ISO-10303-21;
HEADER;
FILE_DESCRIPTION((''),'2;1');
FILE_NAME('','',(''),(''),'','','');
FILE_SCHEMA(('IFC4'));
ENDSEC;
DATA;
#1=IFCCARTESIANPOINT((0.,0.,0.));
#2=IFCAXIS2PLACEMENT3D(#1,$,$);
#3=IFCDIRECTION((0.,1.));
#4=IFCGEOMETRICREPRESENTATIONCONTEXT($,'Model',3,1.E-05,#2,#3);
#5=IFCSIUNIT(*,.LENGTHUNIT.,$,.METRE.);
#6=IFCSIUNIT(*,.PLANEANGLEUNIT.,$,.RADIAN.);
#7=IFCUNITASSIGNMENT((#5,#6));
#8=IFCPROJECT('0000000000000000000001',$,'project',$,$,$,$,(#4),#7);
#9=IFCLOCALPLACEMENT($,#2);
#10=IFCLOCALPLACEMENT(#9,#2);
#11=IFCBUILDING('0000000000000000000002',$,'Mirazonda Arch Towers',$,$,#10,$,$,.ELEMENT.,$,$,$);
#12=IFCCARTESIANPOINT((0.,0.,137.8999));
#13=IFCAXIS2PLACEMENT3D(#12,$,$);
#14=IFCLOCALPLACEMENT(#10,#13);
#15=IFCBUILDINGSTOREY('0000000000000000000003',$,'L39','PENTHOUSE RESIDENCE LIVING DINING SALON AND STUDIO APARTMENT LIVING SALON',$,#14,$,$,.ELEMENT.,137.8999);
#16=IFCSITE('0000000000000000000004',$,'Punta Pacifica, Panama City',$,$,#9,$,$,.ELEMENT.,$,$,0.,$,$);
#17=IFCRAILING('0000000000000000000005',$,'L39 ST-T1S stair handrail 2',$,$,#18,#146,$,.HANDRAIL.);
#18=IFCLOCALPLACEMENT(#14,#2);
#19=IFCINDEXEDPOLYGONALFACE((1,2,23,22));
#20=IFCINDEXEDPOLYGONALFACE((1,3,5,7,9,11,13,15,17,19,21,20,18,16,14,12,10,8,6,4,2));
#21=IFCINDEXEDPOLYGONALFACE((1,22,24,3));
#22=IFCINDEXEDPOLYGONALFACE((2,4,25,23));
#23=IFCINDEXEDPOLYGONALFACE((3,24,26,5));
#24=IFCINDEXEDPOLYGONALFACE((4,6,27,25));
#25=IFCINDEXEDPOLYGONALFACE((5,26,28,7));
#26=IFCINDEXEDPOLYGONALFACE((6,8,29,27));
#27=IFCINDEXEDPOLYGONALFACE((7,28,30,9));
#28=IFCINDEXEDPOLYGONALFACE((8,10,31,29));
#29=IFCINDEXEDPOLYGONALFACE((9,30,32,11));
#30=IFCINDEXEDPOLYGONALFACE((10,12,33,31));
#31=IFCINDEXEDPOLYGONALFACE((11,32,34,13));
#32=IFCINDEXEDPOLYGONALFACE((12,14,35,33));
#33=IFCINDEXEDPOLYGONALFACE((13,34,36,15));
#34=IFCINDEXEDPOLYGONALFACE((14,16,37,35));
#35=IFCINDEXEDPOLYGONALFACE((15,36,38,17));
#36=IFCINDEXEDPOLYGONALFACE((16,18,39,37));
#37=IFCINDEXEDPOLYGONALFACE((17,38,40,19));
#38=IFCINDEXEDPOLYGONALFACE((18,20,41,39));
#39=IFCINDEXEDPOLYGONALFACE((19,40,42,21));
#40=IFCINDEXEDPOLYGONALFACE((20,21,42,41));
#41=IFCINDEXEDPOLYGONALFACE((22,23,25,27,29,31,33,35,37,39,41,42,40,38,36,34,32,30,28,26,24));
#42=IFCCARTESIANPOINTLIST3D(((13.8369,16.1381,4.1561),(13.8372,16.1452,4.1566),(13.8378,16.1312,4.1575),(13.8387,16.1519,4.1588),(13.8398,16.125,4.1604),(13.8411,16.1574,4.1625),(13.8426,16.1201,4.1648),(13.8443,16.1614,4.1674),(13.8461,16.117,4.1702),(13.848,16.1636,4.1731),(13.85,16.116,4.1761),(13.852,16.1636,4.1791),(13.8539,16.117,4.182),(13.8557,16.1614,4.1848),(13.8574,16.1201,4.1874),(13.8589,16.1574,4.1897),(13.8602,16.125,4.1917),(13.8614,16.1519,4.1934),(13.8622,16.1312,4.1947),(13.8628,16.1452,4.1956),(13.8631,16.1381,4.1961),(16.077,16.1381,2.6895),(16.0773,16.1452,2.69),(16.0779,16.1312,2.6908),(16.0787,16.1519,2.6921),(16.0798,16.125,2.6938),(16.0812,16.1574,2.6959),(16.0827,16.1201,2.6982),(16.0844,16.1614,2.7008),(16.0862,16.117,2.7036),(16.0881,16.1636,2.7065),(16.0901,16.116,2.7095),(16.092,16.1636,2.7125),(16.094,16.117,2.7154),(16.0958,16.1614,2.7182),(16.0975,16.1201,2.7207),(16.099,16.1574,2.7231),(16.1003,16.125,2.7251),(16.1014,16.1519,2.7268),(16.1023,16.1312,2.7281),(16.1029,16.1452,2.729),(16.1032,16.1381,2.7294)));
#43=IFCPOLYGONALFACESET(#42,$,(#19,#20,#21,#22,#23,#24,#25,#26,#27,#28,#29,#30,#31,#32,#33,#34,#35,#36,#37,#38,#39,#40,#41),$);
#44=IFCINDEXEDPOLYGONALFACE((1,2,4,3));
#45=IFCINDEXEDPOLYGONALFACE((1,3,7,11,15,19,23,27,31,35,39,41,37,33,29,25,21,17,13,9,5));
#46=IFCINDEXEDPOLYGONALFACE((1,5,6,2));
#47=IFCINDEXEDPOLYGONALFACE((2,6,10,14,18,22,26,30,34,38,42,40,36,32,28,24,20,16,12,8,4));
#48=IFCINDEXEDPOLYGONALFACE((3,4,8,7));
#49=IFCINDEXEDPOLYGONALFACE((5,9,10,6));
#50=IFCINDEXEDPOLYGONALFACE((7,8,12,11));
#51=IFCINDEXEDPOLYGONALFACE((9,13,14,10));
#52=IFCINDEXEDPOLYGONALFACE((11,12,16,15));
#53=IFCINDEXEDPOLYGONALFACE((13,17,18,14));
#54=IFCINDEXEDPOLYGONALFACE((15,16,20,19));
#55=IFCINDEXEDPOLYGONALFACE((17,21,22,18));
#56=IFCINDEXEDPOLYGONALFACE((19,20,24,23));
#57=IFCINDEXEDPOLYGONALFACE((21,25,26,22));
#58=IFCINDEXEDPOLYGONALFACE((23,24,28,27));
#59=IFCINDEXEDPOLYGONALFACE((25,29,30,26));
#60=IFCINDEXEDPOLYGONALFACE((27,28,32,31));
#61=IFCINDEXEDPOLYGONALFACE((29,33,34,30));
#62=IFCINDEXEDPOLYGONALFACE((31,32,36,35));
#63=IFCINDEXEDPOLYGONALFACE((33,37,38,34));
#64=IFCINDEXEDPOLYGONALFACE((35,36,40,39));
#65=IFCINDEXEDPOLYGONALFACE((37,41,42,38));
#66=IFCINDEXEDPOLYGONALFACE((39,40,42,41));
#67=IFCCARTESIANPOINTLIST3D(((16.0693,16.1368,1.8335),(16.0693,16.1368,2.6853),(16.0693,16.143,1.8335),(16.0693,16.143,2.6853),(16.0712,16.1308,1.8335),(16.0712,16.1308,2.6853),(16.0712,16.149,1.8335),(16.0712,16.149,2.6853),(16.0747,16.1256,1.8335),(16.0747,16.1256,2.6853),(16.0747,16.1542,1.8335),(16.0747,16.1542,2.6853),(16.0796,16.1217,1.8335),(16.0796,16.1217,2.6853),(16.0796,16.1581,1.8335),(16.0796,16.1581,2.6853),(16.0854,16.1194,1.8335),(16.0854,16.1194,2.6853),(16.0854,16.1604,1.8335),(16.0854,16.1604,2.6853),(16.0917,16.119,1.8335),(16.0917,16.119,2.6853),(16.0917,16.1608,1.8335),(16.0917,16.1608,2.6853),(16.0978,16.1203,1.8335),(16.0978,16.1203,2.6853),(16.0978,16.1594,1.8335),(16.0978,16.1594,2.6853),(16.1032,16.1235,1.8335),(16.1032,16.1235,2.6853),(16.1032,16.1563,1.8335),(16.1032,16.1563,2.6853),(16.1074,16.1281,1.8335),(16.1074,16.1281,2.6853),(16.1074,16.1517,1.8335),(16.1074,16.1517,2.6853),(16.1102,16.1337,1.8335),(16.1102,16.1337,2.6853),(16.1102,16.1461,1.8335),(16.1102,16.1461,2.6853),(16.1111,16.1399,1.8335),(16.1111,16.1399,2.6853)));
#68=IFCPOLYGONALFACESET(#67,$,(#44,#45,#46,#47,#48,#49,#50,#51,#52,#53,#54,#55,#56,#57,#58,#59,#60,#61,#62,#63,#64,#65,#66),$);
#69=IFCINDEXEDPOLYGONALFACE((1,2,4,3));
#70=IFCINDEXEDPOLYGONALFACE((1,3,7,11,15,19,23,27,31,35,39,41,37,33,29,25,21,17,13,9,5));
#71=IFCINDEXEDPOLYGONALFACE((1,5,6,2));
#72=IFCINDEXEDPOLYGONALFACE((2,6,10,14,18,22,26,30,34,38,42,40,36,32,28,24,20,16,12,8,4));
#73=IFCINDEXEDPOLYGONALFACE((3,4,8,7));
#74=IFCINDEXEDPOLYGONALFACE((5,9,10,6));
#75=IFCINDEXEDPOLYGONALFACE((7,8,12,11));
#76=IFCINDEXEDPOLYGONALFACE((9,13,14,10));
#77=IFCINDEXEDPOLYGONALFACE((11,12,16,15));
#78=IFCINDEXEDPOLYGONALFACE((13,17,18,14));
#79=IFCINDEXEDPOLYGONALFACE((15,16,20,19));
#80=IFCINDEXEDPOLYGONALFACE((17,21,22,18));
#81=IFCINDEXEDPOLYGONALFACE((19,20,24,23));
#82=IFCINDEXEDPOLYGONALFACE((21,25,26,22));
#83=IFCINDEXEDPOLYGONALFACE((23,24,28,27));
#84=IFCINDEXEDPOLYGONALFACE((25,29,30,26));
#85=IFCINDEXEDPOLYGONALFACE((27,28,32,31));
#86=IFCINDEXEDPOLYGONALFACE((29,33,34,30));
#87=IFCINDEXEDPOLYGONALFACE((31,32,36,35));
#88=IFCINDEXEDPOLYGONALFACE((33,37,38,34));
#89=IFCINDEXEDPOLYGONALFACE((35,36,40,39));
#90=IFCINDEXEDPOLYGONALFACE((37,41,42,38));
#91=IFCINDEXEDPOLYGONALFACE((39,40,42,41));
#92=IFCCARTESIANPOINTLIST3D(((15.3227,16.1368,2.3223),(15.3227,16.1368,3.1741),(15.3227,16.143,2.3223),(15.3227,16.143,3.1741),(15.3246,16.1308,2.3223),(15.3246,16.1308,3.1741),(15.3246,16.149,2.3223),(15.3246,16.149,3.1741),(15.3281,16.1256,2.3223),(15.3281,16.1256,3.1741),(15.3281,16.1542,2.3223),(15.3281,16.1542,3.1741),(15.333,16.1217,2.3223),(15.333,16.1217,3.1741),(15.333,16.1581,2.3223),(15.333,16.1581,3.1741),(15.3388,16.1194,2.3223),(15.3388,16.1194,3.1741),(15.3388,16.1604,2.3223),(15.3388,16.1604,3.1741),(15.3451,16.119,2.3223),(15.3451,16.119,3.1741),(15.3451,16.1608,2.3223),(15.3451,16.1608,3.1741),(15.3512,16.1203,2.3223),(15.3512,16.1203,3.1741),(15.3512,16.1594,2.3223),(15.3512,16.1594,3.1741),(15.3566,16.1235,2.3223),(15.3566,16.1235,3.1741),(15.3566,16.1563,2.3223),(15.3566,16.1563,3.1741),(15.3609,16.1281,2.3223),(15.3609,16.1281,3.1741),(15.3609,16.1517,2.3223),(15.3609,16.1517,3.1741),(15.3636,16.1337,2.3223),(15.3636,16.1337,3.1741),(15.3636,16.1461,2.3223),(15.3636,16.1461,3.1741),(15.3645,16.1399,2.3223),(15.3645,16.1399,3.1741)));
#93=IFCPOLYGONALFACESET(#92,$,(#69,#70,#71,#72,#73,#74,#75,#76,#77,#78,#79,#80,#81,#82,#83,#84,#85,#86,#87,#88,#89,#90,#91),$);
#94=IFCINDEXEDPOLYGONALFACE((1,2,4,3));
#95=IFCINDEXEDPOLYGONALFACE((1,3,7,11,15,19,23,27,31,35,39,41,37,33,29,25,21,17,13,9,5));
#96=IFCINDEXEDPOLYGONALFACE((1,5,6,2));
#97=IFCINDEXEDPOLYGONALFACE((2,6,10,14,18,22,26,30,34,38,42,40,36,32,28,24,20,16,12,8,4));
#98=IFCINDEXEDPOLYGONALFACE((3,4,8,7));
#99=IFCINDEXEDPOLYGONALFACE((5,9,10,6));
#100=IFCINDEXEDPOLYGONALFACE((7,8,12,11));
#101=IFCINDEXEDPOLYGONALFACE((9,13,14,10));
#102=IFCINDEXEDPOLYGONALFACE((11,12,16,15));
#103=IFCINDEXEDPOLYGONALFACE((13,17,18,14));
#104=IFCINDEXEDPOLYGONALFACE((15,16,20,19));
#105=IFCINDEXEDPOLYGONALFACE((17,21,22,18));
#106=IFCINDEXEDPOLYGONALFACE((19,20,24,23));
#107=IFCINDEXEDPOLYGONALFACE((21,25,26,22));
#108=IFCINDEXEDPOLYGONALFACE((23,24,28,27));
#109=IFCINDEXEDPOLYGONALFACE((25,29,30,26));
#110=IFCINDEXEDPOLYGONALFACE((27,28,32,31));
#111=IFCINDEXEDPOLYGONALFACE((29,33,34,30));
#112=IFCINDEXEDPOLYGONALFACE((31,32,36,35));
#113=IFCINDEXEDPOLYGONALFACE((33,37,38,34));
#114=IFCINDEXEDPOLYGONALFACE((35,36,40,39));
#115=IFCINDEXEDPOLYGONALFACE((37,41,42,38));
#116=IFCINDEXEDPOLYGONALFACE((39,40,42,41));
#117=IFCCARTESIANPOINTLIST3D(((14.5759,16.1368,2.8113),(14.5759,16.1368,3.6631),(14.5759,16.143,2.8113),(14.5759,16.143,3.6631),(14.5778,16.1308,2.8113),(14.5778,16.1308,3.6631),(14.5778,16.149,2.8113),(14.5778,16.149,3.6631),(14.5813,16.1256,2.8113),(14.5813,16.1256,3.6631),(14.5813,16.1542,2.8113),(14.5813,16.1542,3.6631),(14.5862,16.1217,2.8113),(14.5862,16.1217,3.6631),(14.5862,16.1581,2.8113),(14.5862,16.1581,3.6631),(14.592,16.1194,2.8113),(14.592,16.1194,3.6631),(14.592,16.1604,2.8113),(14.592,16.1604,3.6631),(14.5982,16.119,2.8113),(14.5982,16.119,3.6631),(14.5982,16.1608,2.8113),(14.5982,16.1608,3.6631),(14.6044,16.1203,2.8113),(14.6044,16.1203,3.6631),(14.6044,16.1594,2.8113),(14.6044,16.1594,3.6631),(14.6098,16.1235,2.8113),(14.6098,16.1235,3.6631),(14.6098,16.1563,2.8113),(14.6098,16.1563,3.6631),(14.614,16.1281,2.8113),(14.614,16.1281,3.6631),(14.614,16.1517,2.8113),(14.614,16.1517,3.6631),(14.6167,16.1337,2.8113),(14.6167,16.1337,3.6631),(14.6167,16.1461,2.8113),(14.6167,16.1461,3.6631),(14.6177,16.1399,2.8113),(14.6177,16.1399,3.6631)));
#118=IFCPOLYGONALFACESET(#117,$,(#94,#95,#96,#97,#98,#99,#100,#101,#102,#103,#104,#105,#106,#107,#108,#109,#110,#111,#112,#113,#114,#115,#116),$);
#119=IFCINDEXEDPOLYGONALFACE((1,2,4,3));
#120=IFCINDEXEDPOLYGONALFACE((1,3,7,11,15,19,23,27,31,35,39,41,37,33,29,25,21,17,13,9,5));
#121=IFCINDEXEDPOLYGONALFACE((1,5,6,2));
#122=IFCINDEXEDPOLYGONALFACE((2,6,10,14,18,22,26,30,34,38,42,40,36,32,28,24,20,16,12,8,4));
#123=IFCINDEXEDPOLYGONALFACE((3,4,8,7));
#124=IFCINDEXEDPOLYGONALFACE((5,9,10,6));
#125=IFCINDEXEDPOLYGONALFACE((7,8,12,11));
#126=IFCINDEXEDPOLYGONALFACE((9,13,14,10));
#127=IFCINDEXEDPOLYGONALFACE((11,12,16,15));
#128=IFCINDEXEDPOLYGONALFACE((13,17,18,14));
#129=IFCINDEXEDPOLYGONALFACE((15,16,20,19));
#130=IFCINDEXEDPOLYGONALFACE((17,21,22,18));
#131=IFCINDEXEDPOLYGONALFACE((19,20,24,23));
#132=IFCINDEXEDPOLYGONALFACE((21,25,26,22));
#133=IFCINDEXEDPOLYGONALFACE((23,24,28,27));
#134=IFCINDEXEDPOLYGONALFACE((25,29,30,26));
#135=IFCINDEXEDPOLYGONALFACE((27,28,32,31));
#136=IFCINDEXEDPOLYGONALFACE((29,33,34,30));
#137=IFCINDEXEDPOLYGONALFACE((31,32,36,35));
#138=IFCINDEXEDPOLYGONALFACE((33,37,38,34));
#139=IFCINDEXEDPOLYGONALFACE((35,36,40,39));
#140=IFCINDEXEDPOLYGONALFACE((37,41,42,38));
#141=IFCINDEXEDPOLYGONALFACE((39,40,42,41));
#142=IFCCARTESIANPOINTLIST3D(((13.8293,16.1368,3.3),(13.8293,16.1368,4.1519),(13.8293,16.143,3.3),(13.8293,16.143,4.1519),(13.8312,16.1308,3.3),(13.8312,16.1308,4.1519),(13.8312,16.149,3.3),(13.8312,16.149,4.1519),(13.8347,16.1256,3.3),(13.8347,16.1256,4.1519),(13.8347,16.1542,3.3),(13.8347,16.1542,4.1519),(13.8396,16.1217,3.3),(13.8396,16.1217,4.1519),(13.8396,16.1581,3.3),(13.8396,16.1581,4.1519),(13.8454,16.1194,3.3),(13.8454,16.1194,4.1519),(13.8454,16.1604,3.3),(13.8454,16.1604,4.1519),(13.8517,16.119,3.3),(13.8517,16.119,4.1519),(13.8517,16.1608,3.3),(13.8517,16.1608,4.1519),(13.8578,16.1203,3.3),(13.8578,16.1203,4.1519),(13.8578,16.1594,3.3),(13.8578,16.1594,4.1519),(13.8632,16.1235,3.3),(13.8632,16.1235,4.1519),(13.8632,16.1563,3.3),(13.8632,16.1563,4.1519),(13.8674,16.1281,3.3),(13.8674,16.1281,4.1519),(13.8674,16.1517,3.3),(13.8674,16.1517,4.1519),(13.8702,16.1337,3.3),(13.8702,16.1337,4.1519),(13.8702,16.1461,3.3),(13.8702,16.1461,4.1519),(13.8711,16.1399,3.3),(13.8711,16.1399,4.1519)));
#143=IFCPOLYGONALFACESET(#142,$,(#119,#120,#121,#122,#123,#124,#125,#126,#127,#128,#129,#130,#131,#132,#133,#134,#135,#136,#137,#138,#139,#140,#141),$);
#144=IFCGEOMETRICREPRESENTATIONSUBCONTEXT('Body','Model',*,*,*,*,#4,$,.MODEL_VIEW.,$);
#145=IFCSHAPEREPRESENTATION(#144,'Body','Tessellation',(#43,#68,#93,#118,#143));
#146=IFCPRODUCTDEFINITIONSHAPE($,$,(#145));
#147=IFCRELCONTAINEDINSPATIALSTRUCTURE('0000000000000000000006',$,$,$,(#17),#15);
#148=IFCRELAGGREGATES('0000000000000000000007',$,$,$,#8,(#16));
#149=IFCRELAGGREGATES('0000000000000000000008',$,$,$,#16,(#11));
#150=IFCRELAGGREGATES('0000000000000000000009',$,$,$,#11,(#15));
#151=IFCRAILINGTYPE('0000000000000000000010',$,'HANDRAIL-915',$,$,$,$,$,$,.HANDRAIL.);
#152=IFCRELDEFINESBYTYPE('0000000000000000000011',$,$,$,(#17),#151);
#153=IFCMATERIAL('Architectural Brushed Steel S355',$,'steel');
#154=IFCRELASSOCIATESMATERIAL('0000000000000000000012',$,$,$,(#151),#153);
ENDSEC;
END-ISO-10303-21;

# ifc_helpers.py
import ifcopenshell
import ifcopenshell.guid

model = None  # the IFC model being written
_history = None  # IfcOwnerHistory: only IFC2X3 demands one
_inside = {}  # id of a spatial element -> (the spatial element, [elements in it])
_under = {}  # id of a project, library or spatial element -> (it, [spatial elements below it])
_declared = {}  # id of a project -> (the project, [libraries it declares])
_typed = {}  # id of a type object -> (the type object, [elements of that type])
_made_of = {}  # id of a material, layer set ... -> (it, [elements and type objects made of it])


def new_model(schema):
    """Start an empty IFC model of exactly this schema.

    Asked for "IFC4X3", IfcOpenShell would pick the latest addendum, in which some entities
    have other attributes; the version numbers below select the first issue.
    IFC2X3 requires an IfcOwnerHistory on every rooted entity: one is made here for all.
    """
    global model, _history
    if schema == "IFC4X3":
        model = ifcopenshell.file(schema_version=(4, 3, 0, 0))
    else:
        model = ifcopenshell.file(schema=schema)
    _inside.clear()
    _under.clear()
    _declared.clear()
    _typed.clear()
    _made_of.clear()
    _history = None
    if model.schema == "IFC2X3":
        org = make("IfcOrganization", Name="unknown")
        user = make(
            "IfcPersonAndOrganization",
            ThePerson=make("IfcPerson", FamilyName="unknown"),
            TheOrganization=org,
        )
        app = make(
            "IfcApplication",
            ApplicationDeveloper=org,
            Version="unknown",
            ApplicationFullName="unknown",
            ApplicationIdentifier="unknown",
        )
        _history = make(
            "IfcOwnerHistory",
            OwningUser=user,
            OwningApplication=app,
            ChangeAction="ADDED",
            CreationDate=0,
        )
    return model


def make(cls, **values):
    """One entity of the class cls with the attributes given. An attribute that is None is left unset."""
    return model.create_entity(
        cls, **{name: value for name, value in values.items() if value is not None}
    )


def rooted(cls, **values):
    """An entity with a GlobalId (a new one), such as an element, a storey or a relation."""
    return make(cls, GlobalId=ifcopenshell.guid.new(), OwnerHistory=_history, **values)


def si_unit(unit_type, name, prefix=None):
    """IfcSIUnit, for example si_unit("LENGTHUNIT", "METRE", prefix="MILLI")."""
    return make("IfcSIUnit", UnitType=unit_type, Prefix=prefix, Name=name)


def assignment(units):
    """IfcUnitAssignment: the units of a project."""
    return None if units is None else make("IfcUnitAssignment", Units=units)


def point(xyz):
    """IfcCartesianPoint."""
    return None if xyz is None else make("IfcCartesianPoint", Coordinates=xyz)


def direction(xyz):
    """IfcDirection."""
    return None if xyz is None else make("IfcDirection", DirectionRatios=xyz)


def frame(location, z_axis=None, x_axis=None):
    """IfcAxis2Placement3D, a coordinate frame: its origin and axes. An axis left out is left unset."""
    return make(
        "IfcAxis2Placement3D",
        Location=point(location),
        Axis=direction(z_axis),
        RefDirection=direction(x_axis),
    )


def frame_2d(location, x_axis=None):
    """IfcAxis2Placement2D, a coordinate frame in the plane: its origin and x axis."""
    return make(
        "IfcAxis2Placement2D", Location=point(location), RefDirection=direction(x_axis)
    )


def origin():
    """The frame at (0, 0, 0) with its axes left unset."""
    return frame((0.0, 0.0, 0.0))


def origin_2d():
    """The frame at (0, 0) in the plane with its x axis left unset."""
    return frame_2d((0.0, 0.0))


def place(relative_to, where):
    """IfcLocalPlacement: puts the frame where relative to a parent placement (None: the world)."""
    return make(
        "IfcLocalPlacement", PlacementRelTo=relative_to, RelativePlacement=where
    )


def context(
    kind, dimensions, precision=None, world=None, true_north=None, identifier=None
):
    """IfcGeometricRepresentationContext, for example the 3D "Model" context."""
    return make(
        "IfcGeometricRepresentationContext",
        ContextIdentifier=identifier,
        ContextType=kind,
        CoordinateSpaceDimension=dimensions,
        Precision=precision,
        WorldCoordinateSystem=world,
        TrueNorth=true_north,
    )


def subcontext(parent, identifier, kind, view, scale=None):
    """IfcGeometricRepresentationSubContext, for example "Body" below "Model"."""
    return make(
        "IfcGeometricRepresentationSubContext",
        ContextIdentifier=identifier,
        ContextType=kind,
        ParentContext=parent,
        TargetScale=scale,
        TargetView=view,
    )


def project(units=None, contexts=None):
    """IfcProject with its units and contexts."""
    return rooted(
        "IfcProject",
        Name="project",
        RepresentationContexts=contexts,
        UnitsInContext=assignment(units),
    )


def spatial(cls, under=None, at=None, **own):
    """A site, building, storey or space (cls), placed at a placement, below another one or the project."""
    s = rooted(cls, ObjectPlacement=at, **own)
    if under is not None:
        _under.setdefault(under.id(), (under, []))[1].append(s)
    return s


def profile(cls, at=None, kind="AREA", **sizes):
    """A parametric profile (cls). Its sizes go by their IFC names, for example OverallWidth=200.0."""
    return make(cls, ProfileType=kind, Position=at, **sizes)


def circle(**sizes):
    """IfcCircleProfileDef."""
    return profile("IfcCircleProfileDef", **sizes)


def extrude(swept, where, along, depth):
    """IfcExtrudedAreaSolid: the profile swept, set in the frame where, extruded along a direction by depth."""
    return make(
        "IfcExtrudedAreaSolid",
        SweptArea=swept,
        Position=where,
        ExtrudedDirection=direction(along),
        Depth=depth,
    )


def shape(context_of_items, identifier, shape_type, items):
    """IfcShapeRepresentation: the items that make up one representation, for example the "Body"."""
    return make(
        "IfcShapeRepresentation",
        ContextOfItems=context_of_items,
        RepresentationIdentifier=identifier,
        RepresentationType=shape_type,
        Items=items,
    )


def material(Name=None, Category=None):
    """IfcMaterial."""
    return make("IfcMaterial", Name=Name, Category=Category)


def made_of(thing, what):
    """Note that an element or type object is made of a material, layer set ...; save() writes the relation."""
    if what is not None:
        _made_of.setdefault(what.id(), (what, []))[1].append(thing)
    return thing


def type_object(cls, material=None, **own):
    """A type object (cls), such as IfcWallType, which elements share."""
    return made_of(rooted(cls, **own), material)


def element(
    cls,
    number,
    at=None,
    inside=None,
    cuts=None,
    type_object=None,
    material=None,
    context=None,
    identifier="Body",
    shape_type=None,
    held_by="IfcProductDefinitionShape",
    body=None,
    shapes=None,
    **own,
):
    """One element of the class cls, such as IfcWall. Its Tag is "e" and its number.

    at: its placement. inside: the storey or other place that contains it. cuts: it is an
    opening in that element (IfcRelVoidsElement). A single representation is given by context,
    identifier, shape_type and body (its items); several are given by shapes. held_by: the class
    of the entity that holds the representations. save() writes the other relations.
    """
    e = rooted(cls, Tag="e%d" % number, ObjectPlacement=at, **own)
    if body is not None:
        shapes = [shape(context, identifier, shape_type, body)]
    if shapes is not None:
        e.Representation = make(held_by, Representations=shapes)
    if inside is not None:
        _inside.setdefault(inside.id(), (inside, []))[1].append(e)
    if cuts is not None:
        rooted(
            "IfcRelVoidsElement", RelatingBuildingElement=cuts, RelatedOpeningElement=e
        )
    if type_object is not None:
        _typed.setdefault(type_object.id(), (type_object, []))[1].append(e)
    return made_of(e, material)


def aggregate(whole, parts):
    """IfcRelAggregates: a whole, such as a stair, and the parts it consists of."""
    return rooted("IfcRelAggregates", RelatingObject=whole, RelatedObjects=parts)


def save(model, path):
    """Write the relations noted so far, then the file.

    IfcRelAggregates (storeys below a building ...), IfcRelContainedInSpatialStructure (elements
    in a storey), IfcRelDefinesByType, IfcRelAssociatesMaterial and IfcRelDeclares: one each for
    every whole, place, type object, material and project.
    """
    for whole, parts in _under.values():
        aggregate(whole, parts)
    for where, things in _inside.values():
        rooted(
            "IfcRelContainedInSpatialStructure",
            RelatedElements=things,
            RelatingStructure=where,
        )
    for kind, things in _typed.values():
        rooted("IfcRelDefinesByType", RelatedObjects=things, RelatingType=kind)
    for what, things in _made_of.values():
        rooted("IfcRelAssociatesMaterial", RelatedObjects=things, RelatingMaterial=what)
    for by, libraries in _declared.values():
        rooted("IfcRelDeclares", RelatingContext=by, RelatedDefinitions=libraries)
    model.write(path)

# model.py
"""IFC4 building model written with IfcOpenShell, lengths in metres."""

from ifc_helpers import new_model, si_unit, direction, frame, origin, origin_2d, place, context, subcontext, project, spatial, circle, extrude, material, type_object, element, save


model = new_model("IFC4")

# Units and contexts
model_context = context("Model", 3, precision=1e-05, world=origin(), true_north=direction((0.0, 1.0)))
body_context = subcontext(model_context, "Body", "Model", "MODEL_VIEW")
ifc_project = project(units=[si_unit("LENGTHUNIT", "METRE"), si_unit("PLANEANGLEUNIT", "RADIAN")], contexts=[model_context])

# Site, building, storey
site_placement = place(None, origin())
site = spatial("IfcSite", under=ifc_project, at=site_placement, Name="Punta Pacifica, Panama City", CompositionType="ELEMENT", RefElevation=0.0)
building_placement = place(site_placement, origin())
building = spatial("IfcBuilding", under=site, at=building_placement, Name="Mirazonda Arch Towers", CompositionType="ELEMENT")
storey_placement = place(building_placement, frame((0.0, 0.0, 137.8999)))
storey = spatial("IfcBuildingStorey", under=building, at=storey_placement, Name="L39", Description="PENTHOUSE RESIDENCE LIVING DINING SALON AND STUDIO APARTMENT LIVING SALON", CompositionType="ELEMENT", Elevation=137.8999)

# Shared definitions
ifc_material_1 = material(Name="Architectural Brushed Steel S355", Category="steel")

# Railing
railing_type_1 = type_object("IfcRailingType", Name="HANDRAIL-915", PredefinedType="HANDRAIL", material=ifc_material_1)
railing_1_placement = place(storey_placement, frame((16.0901, 16.1399, 1.8335)))
element("IfcRailing", 1, at=railing_1_placement, inside=storey, type_object=railing_type_1, Name="L39 ST-T1S stair handrail 2", PredefinedType="HANDRAIL", context=body_context, shape_type="SweptSolid", body=[
    extrude(circle(Radius=0.0239, at=origin_2d()), frame((0.0, 0.0, 0.876), z_axis=(-0.836637, 0.0, 0.547758), x_axis=(0.0, -1.0, 0.0)), (0.0, 0.0, 1.0), 2.6775),
    extrude(circle(Radius=0.021, at=origin_2d()), origin(), (0.0, 0.0, 1.0), 0.8518),
    extrude(circle(Radius=0.021, at=origin_2d()), frame((-0.7466, 0.0, 0.4888)), (0.0, 0.0, 1.0), 0.8518),
    extrude(circle(Radius=0.021, at=origin_2d()), frame((-1.4934, 0.0, 0.9778)), (0.0, 0.0, 1.0), 0.8518),
    extrude(circle(Radius=0.021, at=origin_2d()), frame((-2.24, 0.0, 1.4666)), (0.0, 0.0, 1.0), 0.8518),
])

save(model, "model.ifc")
